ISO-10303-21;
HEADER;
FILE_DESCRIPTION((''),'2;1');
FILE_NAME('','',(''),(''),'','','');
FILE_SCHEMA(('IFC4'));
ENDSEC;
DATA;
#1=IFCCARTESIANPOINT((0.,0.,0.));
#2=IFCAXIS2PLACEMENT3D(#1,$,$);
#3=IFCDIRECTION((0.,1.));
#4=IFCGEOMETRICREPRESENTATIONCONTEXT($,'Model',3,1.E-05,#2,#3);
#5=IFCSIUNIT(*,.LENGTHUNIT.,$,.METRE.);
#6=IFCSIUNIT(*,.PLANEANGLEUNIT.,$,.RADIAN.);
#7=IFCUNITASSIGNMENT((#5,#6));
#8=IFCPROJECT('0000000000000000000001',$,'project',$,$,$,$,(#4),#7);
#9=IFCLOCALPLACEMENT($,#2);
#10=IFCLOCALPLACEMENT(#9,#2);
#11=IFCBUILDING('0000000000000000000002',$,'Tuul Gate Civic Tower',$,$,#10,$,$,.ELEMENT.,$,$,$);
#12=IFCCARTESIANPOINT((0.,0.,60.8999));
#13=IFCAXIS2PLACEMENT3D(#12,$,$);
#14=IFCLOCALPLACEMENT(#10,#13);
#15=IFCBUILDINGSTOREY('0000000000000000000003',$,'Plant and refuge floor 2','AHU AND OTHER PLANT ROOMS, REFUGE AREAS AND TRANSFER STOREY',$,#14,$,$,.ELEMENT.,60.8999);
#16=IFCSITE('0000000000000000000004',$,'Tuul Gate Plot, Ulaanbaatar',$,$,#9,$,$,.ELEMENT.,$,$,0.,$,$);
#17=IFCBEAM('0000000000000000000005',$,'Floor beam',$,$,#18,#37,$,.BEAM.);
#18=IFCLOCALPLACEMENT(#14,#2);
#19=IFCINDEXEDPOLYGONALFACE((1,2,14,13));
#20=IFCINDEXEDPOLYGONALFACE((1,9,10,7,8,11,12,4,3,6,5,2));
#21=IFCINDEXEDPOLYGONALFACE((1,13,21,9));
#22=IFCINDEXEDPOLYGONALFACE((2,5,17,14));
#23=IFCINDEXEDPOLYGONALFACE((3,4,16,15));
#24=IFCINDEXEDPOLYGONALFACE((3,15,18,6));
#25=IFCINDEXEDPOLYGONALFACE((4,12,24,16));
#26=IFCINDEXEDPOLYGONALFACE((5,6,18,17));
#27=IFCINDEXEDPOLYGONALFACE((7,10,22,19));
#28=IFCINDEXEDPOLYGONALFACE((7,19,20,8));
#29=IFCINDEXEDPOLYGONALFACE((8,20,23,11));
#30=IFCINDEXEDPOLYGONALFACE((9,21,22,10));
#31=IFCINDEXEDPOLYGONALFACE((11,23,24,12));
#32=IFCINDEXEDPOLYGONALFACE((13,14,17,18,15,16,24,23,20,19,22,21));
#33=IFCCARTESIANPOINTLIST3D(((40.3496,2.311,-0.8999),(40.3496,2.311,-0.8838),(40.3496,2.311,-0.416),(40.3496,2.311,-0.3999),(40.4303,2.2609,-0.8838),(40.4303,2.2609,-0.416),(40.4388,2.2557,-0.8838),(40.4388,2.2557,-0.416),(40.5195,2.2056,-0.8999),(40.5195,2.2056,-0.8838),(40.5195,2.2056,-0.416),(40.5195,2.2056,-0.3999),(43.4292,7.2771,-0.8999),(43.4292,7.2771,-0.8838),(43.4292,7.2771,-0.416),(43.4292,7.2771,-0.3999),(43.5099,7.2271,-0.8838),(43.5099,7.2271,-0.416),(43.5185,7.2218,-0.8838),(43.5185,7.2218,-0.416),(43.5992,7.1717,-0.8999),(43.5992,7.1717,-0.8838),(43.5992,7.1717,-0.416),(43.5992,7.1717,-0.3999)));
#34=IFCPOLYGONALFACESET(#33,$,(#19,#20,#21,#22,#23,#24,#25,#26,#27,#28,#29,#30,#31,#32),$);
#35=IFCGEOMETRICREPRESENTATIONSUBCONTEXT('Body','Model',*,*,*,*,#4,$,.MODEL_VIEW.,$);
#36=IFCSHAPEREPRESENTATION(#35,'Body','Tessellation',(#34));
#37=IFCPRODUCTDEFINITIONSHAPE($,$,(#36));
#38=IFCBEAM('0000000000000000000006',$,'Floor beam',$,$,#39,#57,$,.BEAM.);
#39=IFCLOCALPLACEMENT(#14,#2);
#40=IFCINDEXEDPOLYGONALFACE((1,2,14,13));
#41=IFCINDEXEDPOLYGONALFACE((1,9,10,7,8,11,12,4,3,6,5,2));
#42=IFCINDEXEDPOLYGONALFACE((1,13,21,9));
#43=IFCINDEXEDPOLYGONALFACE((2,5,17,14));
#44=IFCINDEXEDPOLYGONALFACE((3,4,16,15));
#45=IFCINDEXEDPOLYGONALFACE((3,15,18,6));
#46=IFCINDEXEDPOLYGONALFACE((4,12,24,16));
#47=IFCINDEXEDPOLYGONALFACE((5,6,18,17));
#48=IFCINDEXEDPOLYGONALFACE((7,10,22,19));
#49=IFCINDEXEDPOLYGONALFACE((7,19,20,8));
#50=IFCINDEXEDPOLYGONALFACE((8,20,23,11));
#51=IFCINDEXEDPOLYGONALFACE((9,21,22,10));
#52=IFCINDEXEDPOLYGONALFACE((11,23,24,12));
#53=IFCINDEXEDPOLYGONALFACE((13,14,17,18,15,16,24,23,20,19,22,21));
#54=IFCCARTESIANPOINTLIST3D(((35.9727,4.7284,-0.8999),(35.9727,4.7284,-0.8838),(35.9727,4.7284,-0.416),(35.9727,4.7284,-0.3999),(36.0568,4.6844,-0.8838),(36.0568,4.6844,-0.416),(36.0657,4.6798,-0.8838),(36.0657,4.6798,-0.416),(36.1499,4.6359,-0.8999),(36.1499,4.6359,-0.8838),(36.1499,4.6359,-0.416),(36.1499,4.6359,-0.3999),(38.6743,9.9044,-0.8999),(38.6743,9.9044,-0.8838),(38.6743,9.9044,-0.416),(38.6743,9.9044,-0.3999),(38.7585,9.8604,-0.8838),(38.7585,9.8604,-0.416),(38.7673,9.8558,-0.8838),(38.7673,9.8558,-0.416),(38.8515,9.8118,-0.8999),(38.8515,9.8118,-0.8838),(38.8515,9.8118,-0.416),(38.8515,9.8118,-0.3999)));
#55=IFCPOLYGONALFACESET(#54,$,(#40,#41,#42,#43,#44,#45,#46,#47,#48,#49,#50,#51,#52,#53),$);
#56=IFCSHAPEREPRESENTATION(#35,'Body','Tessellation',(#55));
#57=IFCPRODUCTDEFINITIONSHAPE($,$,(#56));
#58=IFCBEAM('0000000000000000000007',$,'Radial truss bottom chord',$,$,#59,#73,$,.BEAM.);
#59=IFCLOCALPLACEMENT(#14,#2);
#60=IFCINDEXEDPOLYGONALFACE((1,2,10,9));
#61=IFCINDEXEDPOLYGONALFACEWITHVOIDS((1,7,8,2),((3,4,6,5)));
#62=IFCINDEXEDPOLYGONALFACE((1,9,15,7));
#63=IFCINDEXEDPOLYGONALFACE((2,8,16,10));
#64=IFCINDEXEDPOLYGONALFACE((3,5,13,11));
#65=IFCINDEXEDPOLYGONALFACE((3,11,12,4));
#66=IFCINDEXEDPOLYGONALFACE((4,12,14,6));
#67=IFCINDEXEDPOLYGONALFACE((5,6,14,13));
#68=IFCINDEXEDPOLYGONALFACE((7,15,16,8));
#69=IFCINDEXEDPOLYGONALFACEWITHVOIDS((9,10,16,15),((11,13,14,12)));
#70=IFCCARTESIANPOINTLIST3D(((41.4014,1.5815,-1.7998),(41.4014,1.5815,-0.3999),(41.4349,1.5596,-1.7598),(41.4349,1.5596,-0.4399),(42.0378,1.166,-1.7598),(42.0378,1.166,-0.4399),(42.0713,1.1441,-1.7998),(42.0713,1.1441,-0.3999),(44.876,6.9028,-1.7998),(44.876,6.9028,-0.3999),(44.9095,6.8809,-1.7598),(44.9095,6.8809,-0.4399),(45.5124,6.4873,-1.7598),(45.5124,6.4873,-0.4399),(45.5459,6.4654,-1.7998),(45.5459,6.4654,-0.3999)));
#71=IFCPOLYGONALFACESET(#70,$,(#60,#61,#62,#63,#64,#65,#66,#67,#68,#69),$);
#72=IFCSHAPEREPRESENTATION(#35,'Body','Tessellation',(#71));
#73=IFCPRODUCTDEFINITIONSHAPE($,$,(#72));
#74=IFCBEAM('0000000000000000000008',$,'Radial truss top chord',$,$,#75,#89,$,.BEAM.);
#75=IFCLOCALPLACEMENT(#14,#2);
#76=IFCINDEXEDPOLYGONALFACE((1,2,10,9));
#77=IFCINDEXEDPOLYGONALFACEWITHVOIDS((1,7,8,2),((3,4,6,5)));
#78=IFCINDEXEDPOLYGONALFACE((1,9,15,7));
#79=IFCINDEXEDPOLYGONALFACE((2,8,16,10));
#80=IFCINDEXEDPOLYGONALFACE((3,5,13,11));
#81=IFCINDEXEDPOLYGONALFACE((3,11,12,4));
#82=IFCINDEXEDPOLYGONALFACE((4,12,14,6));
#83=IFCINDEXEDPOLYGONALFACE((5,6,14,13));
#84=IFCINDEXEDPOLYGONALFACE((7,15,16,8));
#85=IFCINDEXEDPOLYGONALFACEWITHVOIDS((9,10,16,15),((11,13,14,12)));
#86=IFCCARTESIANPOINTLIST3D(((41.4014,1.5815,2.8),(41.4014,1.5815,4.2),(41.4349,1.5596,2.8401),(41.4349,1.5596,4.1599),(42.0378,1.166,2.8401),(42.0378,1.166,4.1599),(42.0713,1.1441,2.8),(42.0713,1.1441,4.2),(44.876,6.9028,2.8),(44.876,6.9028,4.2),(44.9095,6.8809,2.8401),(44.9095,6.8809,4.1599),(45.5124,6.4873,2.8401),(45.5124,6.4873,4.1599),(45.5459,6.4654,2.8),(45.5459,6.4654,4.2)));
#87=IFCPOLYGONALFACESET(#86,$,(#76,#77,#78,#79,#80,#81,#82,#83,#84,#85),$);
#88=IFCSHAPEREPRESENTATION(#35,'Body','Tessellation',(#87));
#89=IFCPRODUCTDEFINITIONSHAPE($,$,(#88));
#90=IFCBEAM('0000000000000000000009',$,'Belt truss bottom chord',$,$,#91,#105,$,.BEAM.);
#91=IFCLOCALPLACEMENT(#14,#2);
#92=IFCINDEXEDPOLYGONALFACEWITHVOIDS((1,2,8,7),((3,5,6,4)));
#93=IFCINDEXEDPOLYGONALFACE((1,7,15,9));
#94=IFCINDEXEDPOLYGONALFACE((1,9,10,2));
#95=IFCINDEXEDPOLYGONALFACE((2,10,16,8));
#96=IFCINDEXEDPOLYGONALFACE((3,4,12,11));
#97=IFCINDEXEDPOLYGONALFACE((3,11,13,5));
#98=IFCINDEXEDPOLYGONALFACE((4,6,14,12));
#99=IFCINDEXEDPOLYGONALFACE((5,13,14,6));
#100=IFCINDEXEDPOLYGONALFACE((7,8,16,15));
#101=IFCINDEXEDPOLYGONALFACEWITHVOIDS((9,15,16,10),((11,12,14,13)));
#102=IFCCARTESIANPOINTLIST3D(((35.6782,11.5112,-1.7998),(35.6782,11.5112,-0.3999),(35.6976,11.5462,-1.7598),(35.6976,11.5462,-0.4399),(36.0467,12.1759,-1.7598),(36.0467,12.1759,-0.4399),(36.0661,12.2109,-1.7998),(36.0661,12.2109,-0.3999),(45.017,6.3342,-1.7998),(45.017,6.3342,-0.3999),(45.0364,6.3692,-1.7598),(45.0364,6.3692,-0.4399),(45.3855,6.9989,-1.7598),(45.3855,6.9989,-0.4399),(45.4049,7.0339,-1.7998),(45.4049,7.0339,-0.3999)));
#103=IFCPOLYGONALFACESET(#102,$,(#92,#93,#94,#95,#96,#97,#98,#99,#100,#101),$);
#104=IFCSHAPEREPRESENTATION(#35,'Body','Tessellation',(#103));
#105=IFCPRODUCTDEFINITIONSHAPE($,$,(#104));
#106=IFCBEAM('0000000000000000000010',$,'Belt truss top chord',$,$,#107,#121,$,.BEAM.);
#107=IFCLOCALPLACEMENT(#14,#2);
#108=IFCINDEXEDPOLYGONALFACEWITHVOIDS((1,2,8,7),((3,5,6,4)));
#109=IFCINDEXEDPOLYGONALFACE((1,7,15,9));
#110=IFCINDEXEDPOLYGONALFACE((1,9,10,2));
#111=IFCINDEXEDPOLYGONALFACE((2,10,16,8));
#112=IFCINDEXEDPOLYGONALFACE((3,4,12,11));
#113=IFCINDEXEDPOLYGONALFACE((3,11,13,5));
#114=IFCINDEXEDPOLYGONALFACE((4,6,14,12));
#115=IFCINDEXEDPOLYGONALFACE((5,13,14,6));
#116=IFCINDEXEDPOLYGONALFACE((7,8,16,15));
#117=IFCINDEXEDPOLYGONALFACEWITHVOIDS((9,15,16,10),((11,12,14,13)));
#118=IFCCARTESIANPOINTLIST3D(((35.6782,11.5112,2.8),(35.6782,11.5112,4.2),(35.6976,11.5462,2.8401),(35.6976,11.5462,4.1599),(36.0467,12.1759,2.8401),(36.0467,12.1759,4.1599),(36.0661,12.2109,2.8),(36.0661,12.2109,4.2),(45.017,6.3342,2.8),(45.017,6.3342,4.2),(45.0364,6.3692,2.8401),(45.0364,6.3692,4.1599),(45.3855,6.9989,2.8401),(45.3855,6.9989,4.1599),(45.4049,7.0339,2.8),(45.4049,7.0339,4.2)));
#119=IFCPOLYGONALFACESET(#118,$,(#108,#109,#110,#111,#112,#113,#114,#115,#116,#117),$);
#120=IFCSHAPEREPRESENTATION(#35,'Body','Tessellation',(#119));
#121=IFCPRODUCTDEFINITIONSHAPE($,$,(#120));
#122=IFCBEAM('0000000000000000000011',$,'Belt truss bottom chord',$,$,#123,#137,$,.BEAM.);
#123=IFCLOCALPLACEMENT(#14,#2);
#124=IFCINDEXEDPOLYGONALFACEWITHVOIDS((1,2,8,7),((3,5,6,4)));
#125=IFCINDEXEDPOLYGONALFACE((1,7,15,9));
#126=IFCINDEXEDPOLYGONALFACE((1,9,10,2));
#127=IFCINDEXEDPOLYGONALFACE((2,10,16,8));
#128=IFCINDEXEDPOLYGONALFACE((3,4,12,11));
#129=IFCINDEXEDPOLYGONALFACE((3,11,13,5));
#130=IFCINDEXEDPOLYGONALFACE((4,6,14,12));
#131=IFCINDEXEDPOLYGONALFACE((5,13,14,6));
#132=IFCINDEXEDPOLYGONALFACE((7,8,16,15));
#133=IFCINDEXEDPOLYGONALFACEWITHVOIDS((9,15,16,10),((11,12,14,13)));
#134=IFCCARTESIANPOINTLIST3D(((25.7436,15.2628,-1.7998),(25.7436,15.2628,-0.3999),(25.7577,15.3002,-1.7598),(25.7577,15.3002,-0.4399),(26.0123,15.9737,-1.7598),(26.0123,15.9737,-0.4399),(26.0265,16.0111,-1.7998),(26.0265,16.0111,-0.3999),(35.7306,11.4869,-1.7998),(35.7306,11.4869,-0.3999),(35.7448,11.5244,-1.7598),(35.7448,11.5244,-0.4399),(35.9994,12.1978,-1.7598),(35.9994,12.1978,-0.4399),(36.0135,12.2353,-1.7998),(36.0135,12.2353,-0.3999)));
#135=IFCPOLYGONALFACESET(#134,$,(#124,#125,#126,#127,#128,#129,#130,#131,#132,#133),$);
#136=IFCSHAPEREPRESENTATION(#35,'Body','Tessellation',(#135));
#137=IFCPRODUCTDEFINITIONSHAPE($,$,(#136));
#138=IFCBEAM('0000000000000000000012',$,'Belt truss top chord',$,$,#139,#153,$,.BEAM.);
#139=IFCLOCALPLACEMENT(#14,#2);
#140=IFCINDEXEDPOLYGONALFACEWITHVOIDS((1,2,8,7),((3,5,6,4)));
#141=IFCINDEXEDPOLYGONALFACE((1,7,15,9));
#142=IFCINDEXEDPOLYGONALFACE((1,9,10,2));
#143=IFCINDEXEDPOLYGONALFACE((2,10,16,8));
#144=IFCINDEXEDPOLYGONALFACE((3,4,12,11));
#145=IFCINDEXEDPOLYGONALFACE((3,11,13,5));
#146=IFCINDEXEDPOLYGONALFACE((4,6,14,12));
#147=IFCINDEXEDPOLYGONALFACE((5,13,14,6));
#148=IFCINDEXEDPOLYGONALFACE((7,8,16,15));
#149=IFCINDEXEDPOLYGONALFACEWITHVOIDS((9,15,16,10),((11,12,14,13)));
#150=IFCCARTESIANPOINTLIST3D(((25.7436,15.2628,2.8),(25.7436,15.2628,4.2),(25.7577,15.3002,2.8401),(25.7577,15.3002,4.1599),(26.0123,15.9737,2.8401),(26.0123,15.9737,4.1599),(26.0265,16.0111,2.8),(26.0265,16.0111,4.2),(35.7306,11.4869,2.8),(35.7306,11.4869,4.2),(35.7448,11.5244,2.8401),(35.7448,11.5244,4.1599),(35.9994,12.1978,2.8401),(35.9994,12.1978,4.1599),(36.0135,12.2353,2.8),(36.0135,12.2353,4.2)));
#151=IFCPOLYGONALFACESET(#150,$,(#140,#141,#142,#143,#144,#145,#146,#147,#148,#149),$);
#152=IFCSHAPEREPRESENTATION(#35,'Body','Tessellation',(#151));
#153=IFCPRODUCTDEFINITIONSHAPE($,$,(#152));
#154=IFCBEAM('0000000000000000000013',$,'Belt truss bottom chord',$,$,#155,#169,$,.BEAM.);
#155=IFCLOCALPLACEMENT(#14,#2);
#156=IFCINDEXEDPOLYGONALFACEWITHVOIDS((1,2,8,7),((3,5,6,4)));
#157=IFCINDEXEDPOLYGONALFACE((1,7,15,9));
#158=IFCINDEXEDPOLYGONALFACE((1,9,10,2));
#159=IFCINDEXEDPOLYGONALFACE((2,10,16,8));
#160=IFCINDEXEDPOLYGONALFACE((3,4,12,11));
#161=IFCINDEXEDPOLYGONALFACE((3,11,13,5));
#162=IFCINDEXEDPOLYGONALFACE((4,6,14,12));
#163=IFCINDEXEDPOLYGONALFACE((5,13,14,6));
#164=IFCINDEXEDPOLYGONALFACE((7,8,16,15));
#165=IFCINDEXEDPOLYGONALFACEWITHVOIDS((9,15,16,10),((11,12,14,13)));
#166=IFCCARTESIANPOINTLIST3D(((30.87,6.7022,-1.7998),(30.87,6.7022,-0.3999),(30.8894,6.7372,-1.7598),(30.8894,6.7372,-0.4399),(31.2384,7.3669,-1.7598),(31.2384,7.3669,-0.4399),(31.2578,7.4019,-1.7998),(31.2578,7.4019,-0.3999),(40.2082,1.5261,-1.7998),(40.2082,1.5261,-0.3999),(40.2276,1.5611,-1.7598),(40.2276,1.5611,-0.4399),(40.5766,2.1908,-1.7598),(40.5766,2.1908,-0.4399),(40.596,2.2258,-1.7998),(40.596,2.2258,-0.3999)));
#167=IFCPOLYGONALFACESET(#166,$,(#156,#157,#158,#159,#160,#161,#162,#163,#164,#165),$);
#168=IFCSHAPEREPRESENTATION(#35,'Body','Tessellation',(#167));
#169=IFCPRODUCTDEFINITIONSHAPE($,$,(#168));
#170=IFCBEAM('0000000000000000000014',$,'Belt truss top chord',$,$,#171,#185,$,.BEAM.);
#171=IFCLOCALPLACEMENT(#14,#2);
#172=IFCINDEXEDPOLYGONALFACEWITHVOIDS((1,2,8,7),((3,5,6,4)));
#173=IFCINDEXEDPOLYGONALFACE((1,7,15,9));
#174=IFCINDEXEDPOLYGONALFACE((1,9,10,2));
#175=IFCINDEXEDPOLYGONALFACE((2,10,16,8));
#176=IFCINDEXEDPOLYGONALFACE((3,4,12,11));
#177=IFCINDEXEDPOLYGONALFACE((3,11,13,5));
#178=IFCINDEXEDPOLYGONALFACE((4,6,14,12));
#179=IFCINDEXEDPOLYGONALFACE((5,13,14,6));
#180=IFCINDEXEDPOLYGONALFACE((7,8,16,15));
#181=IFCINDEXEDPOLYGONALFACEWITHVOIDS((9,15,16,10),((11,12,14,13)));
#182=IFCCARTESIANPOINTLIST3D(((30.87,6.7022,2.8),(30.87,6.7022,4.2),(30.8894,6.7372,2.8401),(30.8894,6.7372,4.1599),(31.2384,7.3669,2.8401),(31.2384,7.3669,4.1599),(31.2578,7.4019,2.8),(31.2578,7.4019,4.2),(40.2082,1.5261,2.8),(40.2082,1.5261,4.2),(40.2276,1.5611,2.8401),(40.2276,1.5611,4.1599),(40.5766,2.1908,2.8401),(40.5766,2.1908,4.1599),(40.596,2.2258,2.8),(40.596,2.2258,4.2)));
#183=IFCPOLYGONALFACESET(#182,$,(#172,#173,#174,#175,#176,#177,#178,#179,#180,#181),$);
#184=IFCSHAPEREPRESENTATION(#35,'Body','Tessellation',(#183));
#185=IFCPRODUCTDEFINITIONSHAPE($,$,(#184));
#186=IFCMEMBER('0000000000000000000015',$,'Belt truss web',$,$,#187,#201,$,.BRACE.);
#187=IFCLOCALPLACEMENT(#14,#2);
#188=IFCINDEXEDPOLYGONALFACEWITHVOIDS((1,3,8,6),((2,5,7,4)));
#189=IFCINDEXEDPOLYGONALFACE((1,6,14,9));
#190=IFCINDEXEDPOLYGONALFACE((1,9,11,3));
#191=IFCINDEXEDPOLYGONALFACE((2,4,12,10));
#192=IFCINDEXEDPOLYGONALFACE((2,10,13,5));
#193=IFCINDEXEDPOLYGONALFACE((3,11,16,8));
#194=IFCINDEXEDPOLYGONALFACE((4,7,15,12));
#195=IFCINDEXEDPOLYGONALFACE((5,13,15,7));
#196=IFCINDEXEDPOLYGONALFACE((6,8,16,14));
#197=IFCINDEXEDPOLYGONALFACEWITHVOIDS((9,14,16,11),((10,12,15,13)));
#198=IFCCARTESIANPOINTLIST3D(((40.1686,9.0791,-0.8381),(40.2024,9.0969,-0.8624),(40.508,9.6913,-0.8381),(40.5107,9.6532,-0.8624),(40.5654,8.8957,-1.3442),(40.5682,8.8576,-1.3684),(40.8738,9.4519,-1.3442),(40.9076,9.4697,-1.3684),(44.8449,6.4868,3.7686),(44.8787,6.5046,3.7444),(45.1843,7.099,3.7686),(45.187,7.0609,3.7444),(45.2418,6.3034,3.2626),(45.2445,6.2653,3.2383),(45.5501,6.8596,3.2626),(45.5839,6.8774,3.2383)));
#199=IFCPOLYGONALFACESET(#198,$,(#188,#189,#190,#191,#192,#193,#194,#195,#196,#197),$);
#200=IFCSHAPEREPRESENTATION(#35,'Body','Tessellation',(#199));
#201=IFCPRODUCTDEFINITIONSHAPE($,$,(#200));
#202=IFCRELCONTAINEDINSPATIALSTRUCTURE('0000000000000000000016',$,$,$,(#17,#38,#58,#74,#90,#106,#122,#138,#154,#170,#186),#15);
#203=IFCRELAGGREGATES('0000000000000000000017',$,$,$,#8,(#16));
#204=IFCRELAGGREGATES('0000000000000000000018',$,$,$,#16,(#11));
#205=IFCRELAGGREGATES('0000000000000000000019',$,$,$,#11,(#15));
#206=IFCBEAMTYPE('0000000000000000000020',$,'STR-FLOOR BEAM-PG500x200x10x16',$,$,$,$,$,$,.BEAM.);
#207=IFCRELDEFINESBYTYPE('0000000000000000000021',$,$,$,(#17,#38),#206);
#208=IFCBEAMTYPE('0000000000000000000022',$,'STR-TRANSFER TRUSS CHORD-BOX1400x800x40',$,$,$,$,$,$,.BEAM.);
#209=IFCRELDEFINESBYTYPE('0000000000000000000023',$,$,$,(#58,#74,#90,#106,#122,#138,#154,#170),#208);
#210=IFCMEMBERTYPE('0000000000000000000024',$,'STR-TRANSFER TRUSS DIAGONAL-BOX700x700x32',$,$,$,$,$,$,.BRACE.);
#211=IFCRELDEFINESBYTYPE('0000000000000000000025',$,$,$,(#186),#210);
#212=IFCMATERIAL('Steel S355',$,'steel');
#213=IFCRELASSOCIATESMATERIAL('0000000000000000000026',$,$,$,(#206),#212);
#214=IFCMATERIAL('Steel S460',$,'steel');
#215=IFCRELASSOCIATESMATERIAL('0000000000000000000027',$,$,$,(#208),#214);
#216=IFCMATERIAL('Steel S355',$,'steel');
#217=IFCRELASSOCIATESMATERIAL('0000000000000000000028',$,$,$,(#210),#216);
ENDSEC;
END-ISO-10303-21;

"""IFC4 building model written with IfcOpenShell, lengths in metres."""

from ifc_helpers import new_model, si_unit, direction, frame, origin, origin_2d, place, context, subcontext, project, spatial, hollow_rectangle, i_section, extrude, material, material_profile, profile_set, type_object, element, save


model = new_model("IFC4")

# Units and contexts
model_context = context("Model", 3, precision=1e-05, world=origin(), true_north=direction((0.0, 1.0)))
body_context = subcontext(model_context, "Body", "Model", "MODEL_VIEW")
ifc_project = project(units=[si_unit("LENGTHUNIT", "METRE"), si_unit("PLANEANGLEUNIT", "RADIAN")], contexts=[model_context])

# Site, building, storey
site_placement = place(None, origin())
site = spatial("IfcSite", under=ifc_project, at=site_placement, Name="Tuul Gate Plot, Ulaanbaatar", CompositionType="ELEMENT", RefElevation=0.0)
building_placement = place(site_placement, origin())
building = spatial("IfcBuilding", under=site, at=building_placement, Name="Tuul Gate Civic Tower", CompositionType="ELEMENT")
storey_placement = place(building_placement, frame((0.0, 0.0, 60.8999)))
storey = spatial("IfcBuildingStorey", under=building, at=storey_placement, Name="Plant and refuge floor 2", Description="AHU AND OTHER PLANT ROOMS, REFUGE AREAS AND TRANSFER STOREY", CompositionType="ELEMENT", Elevation=60.8999)

# Beams
ifc_material_1 = material(Name="Steel S355", Category="steel")
ifc_material_profile_1 = material_profile(ifc_material_1, i_section(OverallWidth=0.2, OverallDepth=0.5, WebThickness=0.01, FlangeThickness=0.0161, at=origin_2d()), Name="PG500x200x10x16")
ifc_profile_set_1 = profile_set([ifc_material_profile_1], Name="Steel S355")
beam_type_1 = type_object("IfcBeamType", Name="STR-FLOOR BEAM-PG500x200x10x16", PredefinedType="BEAM", material=ifc_profile_set_1)
beam_1_placement = place(storey_placement, frame((40.4346, 2.2583, -0.6499), z_axis=(0.527018, 0.849854, 0.0), x_axis=(-0.849854, 0.527018, 0.0)))
element("IfcBeam", 1, at=beam_1_placement, inside=storey, type_object=beam_type_1, Name="Floor beam", PredefinedType="BEAM", context=body_context, shape_type="SweptSolid", body=[
    extrude(i_section(OverallWidth=0.2, OverallDepth=0.5, WebThickness=0.01, FlangeThickness=0.0161, at=origin_2d()), origin(), (0.0, 0.0, 1.0), 5.8435),
])
beam_2_placement = place(storey_placement, frame((36.0613, 4.6821, -0.6499), z_axis=(0.462717, 0.886506, 0.0), x_axis=(-0.886506, 0.462717, 0.0)))
element("IfcBeam", 2, at=beam_2_placement, inside=storey, type_object=beam_type_1, Name="Floor beam", PredefinedType="BEAM", context=body_context, shape_type="SweptSolid", body=[
    extrude(i_section(OverallWidth=0.2, OverallDepth=0.5, WebThickness=0.01, FlangeThickness=0.0161, at=origin_2d()), origin(), (0.0, 0.0, 1.0), 5.8386),
])
ifc_material_2 = material(Name="Steel S460", Category="steel")
ifc_material_profile_2 = material_profile(ifc_material_2, hollow_rectangle(XDim=0.8, YDim=1.3999, WallThickness=0.04, at=origin_2d()), Name="BOX1400x800x40")
ifc_profile_set_2 = profile_set([ifc_material_profile_2], Name="Steel S460")
beam_type_2 = type_object("IfcBeamType", Name="STR-TRANSFER TRUSS CHORD-BOX1400x800x40", PredefinedType="BEAM", material=ifc_profile_set_2)
for number, where, z_axis, x_axis, name in (
    (3, (45.2109, 6.6841, -1.0999), (-0.546732, -0.837308, 0.0), (0.837308, -0.546732, 0.0), "Radial truss bottom chord"),
    (4, (45.2109, 6.6841, 3.5), (-0.546732, -0.837308, 0.0), (0.837308, -0.546732, 0.0), "Radial truss top chord"),
):
    element("IfcBeam", number, at=place(storey_placement, frame(where, z_axis=z_axis, x_axis=x_axis)), inside=storey, type_object=beam_type_2, Name=name, PredefinedType="BEAM", context=body_context, shape_type="SweptSolid", body=[
        extrude(hollow_rectangle(XDim=0.8, YDim=1.3999, WallThickness=0.04, at=origin_2d()), origin(), (0.0, 0.0, 1.0), 6.3552),
    ])
for number, where, z_axis, x_axis, name in (
    (5, (45.2109, 6.6841, -1.0999), (-0.874604, 0.484837, 0.0), (-0.484837, -0.874604, 0.0), "Belt truss bottom chord"),
    (6, (45.2109, 6.6841, 3.5), (-0.874604, 0.484837, 0.0), (-0.484837, -0.874604, 0.0), "Belt truss top chord"),
):
    element("IfcBeam", number, at=place(storey_placement, frame(where, z_axis=z_axis, x_axis=x_axis)), inside=storey, type_object=beam_type_2, Name=name, PredefinedType="BEAM", context=body_context, shape_type="SweptSolid", body=[
        extrude(hollow_rectangle(XDim=0.8, YDim=1.3999, WallThickness=0.04, at=origin_2d()), origin(), (0.0, 0.0, 1.0), 10.6777),
    ])
for number, where, z_axis, x_axis, name in (
    (7, (35.8721, 11.8611, -1.0999), (-0.93538, 0.353646, 0.0), (-0.353646, -0.93538, 0.0), "Belt truss bottom chord"),
    (8, (35.8721, 11.8611, 3.5), (-0.93538, 0.353646, 0.0), (-0.353646, -0.93538, 0.0), "Belt truss top chord"),
):
    element("IfcBeam", number, at=place(storey_placement, frame(where, z_axis=z_axis, x_axis=x_axis)), inside=storey, type_object=beam_type_2, Name=name, PredefinedType="BEAM", context=body_context, shape_type="SweptSolid", body=[
        extrude(hollow_rectangle(XDim=0.8, YDim=1.3999, WallThickness=0.04, at=origin_2d()), origin(), (0.0, 0.0, 1.0), 10.677),
    ])
for number, where, z_axis, x_axis, name in (
    (9, (40.4021, 1.876, -1.0999), (-0.874627, 0.484796, 0.0), (-0.484796, -0.874627, 0.0), "Belt truss bottom chord"),
    (10, (40.4021, 1.876, 3.5), (-0.874627, 0.484796, 0.0), (-0.484796, -0.874627, 0.0), "Belt truss top chord"),
):
    element("IfcBeam", number, at=place(storey_placement, frame(where, z_axis=z_axis, x_axis=x_axis)), inside=storey, type_object=beam_type_2, Name=name, PredefinedType="BEAM", context=body_context, shape_type="SweptSolid", body=[
        extrude(hollow_rectangle(XDim=0.8, YDim=1.3999, WallThickness=0.04, at=origin_2d()), origin(), (0.0, 0.0, 1.0), 10.6768),
    ])

# Member
ifc_material_3 = material(Name="Steel S355", Category="steel")
ifc_material_profile_3 = material_profile(ifc_material_3, hollow_rectangle(XDim=0.7, YDim=0.7, WallThickness=0.032, at=origin_2d()), Name="BOX700x700x32")
ifc_profile_set_3 = profile_set([ifc_material_profile_3], Name="Steel S355")
member_type_1 = type_object("IfcMemberType", Name="STR-TRANSFER TRUSS DIAGONAL-BOX700x700x32", PredefinedType="BRACE", material=ifc_profile_set_3)
member_1_placement = place(storey_placement, frame((40.5381, 9.2744, -1.1033), z_axis=(0.662591, -0.367307, 0.652732), x_axis=(0.484836, 0.874605, 0.0)))
element("IfcMember", 11, at=member_1_placement, inside=storey, type_object=member_type_1, Name="Belt truss web", PredefinedType="BRACE", context=body_context, shape_type="SweptSolid", body=[
    extrude(hollow_rectangle(XDim=0.7, YDim=0.7, WallThickness=0.032, at=origin_2d()), origin(), (0.0, 0.0, 1.0), 7.0576),
])

save(model, "model.ifc")
